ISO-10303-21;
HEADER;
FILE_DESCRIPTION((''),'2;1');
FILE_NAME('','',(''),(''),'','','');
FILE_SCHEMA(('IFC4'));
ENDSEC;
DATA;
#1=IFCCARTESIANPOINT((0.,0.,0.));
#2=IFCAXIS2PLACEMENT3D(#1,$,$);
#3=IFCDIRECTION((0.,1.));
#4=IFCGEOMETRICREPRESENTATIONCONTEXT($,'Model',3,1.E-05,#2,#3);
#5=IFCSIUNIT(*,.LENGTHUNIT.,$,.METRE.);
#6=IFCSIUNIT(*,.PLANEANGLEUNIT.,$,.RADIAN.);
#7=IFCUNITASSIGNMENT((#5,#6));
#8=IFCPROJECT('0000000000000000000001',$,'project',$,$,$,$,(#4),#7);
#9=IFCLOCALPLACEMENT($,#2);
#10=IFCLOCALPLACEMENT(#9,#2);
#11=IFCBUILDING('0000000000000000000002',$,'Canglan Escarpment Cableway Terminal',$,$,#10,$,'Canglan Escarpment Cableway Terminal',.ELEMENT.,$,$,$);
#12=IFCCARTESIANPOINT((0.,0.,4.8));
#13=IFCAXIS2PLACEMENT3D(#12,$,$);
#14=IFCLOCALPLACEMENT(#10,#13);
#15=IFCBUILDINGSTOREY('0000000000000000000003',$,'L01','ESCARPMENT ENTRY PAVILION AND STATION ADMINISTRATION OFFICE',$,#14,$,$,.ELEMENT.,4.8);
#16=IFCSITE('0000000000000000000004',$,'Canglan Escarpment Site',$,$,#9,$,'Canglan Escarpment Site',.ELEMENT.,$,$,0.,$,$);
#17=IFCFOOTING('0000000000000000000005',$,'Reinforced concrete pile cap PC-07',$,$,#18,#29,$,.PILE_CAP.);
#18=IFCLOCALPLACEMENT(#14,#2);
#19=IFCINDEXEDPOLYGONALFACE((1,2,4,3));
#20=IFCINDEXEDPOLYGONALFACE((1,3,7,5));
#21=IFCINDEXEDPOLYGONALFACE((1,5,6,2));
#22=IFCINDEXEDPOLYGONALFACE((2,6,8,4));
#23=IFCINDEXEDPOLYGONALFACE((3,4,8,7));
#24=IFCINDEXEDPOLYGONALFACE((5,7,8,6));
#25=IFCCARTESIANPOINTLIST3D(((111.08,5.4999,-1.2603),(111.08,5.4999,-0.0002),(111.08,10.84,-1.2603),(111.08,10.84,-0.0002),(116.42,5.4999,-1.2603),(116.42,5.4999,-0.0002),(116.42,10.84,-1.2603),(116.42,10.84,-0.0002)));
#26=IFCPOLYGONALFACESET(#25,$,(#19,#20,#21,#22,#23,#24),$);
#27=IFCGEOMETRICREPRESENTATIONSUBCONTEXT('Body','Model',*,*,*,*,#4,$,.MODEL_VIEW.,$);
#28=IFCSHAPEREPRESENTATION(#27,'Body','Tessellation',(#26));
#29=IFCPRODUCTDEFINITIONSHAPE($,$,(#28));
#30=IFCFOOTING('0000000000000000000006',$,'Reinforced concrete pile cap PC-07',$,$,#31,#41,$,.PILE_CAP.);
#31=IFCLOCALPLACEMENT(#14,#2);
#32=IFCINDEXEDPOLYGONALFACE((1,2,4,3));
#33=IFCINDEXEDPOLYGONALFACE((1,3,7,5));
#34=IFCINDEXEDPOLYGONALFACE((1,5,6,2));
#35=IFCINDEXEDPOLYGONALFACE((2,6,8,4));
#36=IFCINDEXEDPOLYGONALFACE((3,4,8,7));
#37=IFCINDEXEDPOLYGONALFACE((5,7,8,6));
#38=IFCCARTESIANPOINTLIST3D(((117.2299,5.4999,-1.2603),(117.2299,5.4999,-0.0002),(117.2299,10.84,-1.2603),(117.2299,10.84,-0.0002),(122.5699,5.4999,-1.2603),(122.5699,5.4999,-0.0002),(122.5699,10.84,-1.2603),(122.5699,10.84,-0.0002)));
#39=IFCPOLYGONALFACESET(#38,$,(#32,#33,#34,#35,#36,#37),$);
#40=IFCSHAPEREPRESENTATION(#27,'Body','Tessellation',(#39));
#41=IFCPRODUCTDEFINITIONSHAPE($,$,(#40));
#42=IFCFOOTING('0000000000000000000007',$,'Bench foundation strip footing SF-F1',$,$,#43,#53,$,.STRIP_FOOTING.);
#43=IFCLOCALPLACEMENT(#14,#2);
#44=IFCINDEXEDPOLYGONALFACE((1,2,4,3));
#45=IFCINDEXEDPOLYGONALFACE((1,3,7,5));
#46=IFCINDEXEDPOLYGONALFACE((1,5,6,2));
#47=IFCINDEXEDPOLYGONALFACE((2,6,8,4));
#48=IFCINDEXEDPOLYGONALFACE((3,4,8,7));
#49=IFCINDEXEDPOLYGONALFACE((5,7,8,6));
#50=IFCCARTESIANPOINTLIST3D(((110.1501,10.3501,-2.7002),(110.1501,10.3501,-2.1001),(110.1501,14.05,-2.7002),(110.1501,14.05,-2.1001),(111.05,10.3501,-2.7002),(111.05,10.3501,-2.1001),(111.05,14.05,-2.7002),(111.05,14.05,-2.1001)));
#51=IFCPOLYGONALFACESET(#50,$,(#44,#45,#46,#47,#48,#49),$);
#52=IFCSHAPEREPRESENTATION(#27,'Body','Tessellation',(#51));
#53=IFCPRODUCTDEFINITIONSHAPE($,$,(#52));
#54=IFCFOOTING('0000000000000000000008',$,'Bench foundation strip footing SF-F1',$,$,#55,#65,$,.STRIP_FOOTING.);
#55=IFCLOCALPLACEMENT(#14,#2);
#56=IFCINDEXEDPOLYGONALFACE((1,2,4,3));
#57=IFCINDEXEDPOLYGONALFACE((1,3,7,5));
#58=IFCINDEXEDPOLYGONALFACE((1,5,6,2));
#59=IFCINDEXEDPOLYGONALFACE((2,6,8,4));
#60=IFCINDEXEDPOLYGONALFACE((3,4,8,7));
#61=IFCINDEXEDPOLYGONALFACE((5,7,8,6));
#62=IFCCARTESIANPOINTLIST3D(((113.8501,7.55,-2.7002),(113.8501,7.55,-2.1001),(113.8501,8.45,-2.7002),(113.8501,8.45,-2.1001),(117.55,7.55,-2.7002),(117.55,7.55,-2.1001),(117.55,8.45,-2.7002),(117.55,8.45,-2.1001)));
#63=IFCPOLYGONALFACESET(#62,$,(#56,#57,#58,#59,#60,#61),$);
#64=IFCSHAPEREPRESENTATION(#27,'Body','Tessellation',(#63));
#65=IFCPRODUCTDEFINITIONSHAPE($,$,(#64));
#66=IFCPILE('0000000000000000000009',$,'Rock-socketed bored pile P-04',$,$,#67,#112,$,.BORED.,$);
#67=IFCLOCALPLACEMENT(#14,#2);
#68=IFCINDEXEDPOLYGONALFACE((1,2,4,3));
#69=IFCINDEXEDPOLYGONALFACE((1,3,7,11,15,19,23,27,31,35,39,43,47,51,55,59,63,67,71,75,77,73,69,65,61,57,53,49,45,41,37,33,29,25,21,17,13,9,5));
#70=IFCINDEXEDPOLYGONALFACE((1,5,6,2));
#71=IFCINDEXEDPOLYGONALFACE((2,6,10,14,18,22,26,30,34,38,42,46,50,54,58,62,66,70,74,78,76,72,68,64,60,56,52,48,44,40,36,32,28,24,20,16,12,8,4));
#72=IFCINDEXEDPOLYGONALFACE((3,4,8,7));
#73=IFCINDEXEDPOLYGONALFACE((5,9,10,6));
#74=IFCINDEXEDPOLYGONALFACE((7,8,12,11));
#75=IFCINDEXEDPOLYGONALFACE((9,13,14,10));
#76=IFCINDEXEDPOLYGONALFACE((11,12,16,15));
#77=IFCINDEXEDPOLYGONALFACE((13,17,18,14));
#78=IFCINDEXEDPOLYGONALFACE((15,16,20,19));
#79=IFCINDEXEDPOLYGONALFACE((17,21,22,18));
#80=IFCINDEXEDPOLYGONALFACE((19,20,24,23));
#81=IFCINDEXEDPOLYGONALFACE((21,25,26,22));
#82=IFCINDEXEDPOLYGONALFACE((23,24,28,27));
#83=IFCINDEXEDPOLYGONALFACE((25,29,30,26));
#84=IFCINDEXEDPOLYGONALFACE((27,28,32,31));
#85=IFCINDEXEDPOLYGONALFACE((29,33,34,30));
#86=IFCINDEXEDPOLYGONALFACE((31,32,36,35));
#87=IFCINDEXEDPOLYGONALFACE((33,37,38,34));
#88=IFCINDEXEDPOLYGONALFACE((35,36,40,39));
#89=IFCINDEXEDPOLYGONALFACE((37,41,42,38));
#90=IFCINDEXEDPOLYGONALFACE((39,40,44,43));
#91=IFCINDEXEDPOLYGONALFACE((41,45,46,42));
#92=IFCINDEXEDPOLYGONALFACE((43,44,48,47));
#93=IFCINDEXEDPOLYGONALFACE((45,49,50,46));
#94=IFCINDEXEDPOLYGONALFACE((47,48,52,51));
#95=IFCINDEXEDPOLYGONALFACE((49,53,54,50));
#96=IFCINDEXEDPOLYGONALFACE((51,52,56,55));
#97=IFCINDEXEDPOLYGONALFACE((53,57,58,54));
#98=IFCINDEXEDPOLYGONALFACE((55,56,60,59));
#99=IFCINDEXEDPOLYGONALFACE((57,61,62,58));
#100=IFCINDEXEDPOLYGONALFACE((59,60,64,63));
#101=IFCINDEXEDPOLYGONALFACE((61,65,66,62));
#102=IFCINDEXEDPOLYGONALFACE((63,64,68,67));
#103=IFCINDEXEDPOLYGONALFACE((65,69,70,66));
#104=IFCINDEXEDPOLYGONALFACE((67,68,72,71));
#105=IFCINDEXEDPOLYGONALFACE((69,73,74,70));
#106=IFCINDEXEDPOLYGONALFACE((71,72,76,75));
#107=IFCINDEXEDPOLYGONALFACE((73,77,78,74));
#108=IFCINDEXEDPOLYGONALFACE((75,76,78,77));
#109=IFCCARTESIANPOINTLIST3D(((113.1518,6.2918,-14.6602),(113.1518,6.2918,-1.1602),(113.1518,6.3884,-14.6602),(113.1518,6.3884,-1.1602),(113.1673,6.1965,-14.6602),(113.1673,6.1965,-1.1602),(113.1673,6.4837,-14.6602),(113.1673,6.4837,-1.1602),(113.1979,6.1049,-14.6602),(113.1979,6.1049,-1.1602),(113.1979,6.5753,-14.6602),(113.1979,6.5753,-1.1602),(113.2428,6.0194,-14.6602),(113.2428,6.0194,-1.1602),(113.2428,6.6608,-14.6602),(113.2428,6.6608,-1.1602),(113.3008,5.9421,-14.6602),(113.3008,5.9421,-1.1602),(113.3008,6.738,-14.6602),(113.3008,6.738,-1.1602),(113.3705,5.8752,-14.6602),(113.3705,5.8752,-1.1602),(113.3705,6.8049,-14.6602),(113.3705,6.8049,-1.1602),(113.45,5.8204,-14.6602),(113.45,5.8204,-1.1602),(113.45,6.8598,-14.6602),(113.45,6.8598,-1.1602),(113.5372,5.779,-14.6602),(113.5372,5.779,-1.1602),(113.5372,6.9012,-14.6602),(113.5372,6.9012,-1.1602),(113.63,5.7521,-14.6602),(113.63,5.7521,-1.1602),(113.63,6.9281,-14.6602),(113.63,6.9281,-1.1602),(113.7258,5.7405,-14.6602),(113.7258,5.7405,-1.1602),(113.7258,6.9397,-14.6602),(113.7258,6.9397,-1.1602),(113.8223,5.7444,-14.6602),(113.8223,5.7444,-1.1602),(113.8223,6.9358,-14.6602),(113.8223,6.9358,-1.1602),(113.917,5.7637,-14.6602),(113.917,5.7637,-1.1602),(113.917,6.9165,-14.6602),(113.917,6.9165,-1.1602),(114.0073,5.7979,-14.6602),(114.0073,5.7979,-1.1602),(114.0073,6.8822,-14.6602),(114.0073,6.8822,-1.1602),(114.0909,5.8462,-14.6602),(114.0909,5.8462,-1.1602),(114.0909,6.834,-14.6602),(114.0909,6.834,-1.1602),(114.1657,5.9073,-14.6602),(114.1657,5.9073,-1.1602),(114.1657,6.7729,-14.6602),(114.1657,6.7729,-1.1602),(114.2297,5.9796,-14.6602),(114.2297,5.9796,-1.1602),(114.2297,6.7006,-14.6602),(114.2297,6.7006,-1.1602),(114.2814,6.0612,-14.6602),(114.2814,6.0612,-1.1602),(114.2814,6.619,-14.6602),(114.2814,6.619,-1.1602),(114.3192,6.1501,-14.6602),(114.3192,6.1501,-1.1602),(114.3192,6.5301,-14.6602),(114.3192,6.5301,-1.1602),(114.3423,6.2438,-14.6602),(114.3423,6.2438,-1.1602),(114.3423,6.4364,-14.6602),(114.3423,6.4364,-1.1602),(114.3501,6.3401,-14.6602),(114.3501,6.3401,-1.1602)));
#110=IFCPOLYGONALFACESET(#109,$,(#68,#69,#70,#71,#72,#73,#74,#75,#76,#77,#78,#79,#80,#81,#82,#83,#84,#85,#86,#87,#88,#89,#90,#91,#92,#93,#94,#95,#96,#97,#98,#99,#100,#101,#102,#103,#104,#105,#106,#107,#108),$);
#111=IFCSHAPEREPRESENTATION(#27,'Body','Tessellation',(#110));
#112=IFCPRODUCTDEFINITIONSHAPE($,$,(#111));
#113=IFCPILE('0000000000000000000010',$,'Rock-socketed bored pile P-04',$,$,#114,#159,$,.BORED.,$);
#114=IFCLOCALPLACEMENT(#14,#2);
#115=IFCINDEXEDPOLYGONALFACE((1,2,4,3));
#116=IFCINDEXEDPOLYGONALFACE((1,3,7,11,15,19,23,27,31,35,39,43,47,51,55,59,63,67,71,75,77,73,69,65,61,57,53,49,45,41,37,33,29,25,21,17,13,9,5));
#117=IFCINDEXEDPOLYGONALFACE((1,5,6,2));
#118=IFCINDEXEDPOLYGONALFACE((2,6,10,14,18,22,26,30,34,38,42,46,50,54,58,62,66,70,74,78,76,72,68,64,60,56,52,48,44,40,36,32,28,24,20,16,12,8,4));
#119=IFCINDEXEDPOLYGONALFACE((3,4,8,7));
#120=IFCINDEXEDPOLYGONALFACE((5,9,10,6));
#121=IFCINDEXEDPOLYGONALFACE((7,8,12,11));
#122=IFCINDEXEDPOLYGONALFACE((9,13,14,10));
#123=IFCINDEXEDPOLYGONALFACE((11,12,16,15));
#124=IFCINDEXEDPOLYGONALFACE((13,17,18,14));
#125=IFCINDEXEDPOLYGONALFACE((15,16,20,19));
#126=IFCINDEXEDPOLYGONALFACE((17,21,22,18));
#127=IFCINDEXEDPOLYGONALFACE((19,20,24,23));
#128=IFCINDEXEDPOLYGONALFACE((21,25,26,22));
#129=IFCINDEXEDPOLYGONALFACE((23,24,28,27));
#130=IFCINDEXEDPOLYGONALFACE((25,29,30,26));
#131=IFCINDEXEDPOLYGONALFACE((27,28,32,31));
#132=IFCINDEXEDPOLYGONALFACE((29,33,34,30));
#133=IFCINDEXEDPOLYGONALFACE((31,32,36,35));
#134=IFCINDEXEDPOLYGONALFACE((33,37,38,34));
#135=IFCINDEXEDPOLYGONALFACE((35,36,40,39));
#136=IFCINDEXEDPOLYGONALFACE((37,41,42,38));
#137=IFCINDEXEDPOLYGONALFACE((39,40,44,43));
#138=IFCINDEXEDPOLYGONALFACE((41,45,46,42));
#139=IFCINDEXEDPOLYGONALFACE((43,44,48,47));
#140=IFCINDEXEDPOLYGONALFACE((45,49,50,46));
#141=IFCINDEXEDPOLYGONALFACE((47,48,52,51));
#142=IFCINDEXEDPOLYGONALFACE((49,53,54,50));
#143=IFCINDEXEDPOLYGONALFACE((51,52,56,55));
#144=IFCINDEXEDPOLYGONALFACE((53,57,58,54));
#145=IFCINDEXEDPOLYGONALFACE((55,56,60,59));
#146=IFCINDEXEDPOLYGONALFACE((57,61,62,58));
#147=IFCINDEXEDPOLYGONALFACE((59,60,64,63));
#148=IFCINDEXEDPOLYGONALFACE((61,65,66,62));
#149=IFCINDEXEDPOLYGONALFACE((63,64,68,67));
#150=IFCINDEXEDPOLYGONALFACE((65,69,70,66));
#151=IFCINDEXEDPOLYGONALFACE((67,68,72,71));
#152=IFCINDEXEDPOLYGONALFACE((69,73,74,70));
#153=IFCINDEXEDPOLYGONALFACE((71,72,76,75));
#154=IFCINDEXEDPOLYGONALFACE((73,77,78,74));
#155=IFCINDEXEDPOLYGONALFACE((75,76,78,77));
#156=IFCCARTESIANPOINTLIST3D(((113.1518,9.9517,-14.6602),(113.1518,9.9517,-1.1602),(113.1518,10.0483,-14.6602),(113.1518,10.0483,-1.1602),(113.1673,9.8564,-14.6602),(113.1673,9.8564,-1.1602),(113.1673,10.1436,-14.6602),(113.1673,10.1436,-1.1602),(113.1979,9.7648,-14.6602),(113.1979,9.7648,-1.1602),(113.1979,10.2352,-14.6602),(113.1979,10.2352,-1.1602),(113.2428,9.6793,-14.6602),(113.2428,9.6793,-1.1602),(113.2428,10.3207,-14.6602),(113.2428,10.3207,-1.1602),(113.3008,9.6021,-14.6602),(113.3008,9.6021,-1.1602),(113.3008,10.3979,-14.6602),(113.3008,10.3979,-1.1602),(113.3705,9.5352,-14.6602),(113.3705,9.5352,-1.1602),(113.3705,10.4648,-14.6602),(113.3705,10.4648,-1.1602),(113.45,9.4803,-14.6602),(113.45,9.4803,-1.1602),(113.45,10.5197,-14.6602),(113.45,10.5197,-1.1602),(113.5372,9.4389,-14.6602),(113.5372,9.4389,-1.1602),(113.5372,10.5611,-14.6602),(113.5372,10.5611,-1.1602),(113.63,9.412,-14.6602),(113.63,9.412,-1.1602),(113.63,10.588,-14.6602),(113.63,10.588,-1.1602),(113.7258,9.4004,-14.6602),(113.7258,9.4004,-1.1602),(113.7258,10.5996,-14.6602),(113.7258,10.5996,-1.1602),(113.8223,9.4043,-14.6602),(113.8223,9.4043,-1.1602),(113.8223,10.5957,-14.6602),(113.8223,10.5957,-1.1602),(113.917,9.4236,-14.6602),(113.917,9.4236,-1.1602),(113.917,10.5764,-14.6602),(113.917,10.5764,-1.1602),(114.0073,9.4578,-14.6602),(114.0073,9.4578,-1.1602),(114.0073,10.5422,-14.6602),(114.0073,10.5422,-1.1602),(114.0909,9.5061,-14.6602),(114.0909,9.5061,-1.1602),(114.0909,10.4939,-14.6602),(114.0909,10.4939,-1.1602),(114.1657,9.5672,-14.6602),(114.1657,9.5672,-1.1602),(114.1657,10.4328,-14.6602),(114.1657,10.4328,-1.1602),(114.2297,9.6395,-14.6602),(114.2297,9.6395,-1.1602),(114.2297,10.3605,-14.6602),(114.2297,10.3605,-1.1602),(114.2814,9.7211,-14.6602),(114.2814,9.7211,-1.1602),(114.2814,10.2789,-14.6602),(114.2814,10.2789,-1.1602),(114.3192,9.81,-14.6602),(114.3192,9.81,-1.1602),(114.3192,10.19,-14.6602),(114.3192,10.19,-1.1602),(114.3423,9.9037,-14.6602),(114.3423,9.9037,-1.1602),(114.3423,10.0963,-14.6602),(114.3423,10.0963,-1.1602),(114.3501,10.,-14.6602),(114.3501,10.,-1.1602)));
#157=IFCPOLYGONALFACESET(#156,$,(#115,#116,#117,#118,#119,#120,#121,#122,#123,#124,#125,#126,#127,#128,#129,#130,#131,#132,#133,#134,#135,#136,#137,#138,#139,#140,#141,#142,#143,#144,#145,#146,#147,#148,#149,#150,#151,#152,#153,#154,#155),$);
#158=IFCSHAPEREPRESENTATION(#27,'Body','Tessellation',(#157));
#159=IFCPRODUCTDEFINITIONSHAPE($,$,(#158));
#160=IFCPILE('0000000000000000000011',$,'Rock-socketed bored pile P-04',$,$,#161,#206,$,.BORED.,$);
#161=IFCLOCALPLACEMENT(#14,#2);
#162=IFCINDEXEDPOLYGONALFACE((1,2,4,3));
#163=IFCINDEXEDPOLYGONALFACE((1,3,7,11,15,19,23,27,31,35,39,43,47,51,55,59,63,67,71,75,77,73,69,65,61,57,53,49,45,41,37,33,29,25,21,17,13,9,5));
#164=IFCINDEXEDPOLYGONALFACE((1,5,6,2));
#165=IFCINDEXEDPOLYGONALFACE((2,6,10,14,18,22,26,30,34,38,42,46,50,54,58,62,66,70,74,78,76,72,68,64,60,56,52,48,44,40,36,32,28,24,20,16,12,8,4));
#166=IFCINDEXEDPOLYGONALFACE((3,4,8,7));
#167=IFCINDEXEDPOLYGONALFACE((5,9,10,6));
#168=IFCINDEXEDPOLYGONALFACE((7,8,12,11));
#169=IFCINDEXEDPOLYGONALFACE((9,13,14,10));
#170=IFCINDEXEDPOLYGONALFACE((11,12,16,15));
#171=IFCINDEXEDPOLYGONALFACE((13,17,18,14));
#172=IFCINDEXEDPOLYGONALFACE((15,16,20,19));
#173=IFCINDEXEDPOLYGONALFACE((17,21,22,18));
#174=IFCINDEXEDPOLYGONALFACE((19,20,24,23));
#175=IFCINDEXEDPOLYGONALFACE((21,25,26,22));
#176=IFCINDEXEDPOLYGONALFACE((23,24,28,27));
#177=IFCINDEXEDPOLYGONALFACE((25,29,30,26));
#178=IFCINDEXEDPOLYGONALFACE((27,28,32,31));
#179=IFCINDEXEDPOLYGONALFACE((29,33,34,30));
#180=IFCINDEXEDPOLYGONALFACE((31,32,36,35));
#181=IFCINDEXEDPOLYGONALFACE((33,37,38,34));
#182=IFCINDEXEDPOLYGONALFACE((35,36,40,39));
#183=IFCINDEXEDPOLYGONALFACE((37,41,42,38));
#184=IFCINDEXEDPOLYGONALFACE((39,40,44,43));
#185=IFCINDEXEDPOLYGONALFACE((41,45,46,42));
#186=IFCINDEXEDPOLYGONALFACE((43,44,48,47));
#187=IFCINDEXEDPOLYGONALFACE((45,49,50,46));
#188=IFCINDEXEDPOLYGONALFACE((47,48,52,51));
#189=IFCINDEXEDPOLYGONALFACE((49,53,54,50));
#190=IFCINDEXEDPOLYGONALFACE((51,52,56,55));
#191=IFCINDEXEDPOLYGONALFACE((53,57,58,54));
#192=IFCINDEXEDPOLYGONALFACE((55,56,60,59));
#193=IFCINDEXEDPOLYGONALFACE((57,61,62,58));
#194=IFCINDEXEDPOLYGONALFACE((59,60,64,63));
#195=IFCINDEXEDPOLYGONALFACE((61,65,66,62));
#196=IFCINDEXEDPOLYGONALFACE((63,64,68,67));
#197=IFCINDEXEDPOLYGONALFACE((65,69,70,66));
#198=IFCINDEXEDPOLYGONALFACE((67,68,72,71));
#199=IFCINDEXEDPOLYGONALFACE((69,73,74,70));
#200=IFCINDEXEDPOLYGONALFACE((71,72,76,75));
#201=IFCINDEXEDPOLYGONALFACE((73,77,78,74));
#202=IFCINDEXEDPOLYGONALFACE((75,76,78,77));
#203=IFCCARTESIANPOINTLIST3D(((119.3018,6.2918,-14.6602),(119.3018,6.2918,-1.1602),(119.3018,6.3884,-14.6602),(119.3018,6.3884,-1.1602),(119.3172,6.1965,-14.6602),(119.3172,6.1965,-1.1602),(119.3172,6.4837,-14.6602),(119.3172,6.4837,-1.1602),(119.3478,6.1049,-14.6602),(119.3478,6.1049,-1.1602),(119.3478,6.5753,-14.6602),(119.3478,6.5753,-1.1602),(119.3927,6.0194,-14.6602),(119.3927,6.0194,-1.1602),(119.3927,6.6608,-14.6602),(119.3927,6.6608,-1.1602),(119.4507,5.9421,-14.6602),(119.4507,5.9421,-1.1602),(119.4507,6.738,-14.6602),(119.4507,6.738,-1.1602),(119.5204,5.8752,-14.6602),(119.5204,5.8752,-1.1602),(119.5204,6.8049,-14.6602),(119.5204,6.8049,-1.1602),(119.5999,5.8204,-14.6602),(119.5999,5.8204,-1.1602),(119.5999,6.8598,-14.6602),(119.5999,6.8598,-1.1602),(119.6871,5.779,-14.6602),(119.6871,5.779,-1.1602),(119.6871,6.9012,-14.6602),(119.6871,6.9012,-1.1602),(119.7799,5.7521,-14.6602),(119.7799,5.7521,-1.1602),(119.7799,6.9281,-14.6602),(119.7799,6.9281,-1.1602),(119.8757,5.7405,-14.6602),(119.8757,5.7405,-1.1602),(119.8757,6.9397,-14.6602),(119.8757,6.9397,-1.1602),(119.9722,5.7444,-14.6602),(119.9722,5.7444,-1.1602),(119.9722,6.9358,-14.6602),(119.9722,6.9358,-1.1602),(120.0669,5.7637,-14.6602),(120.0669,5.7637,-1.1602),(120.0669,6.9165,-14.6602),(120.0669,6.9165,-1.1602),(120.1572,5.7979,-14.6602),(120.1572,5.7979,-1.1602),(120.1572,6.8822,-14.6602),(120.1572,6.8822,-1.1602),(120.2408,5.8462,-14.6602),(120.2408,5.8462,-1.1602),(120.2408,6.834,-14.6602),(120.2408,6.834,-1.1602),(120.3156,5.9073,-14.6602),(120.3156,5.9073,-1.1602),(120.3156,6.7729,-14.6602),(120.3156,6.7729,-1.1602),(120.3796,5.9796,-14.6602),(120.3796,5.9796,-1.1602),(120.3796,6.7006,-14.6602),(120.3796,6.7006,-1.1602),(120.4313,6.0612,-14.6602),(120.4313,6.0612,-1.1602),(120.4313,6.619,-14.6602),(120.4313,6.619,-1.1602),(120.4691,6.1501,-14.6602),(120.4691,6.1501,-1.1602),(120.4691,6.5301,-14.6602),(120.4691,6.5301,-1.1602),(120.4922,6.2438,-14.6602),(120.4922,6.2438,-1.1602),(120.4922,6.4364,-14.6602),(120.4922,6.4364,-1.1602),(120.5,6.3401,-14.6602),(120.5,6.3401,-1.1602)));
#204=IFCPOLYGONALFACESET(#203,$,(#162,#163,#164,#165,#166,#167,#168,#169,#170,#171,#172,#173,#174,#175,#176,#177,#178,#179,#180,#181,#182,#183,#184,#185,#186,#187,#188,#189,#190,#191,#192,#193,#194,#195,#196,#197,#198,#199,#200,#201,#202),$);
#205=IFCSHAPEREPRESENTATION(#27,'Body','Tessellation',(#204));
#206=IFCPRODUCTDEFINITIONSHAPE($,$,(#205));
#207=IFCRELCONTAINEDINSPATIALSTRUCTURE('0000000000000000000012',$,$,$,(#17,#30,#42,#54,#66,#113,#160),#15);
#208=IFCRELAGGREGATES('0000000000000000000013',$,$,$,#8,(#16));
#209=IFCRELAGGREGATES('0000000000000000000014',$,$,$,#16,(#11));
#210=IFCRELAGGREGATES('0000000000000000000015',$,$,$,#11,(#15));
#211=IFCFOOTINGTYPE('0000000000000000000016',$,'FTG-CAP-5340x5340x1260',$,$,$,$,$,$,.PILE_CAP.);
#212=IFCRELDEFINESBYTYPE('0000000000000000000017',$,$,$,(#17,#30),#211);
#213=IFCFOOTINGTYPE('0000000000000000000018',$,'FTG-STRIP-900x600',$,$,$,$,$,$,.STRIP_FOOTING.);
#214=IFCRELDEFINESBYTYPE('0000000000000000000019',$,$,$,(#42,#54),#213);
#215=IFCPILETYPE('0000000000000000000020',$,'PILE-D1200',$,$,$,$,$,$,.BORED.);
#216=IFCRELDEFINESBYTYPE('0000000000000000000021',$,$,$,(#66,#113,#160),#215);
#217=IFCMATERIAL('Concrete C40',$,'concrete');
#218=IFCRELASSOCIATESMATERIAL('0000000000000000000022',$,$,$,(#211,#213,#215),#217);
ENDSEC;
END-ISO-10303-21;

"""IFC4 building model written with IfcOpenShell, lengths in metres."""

from ifc_helpers import new_model, si_unit, direction, frame, origin, origin_2d, place, context, subcontext, project, spatial, rectangle, circle, extrude, material, material_profile, profile_set, type_object, element, save


model = new_model("IFC4")

# Units and contexts
model_context = context("Model", 3, precision=1e-05, world=origin(), true_north=direction((0.0, 1.0)))
body_context = subcontext(model_context, "Body", "Model", "MODEL_VIEW")
ifc_project = project(units=[si_unit("LENGTHUNIT", "METRE"), si_unit("PLANEANGLEUNIT", "RADIAN")], contexts=[model_context])

# Site, building, storey
site_placement = place(None, origin())
site = spatial("IfcSite", under=ifc_project, at=site_placement, Name="Canglan Escarpment Site", LongName="Canglan Escarpment Site", CompositionType="ELEMENT", RefElevation=0.0)
building_placement = place(site_placement, origin())
building = spatial("IfcBuilding", under=site, at=building_placement, Name="Canglan Escarpment Cableway Terminal", LongName="Canglan Escarpment Cableway Terminal", CompositionType="ELEMENT")
storey_placement = place(building_placement, frame((0.0, 0.0, 4.8)))
storey = spatial("IfcBuildingStorey", under=building, at=storey_placement, Name="L01", Description="ESCARPMENT ENTRY PAVILION AND STATION ADMINISTRATION OFFICE", CompositionType="ELEMENT", Elevation=4.8)

# Footings
ifc_material_1 = material(Name="Concrete C40", Category="concrete")
footing_type_1 = type_object("IfcFootingType", Name="FTG-CAP-5340x5340x1260", PredefinedType="PILE_CAP", material=ifc_material_1)
for number, where, z_axis, x_axis, name in (
    (1, (113.75, 8.1699, -1.2603), (0.0, 0.0, 1.0), (1.0, 0.0, 0.0), "Reinforced concrete pile cap PC-07"),
    (2, (119.8999, 8.1699, -1.2603), (0.0, 0.0, 1.0), (1.0, 0.0, 0.0), "Reinforced concrete pile cap PC-07"),
):
    element("IfcFooting", number, at=place(storey_placement, frame(where, z_axis=z_axis, x_axis=x_axis)), inside=storey, type_object=footing_type_1, Name=name, PredefinedType="PILE_CAP", context=body_context, shape_type="SweptSolid", body=[
        extrude(rectangle(XDim=5.3401, YDim=5.3401, at=origin_2d()), origin(), (0.0, 0.0, 1.0), 1.26),
    ])
ifc_material_profile_1 = material_profile(ifc_material_1, rectangle(XDim=0.8999, YDim=0.6001, at=origin_2d()), Name="SF 900x600")
ifc_profile_set_1 = profile_set([ifc_material_profile_1], Name="Concrete C40")
footing_type_2 = type_object("IfcFootingType", Name="FTG-STRIP-900x600", PredefinedType="STRIP_FOOTING", material=ifc_profile_set_1)
for number, where, z_axis, x_axis, name in (
    (3, (110.6001, 10.3501, -2.4001), (0.0, 1.0, 0.0), (-1.0, 0.0, 0.0), "Bench foundation strip footing SF-F1"),
    (4, (113.8501, 8.0, -2.4001), (1.0, 0.0, 0.0), (0.0, 1.0, 0.0), "Bench foundation strip footing SF-F1"),
):
    element("IfcFooting", number, at=place(storey_placement, frame(where, z_axis=z_axis, x_axis=x_axis)), inside=storey, type_object=footing_type_2, Name=name, PredefinedType="STRIP_FOOTING", context=body_context, shape_type="SweptSolid", body=[
        extrude(rectangle(XDim=0.8999, YDim=0.6001, at=origin_2d()), origin(), (0.0, 0.0, 1.0), 3.7),
    ])

# Piles
ifc_material_profile_2 = material_profile(ifc_material_1, circle(Radius=0.6001, at=origin_2d()), Name="BORED PILE D1200")
ifc_profile_set_2 = profile_set([ifc_material_profile_2], Name="Concrete C40")
pile_type = type_object("IfcPileType", Name="PILE-D1200", PredefinedType="BORED", material=ifc_profile_set_2)
for number, where, z_axis, x_axis, name in (
    (5, (113.75, 6.3401, -1.1602), (0.0, 0.0, -1.0), (1.0, 0.0, 0.0), "Rock-socketed bored pile P-04"),
    (6, (113.75, 10.0, -1.1602), (0.0, 0.0, -1.0), (1.0, 0.0, 0.0), "Rock-socketed bored pile P-04"),
    (7, (119.8999, 6.3401, -1.1602), (0.0, 0.0, -1.0), (1.0, 0.0, 0.0), "Rock-socketed bored pile P-04"),
):
    element("IfcPile", number, at=place(storey_placement, frame(where, z_axis=z_axis, x_axis=x_axis)), inside=storey, type_object=pile_type, Name=name, PredefinedType="BORED", context=body_context, shape_type="SweptSolid", body=[
        extrude(circle(Radius=0.6001, at=origin_2d()), origin(), (0.0, 0.0, 1.0), 13.5),
    ])

save(model, "model.ifc")
